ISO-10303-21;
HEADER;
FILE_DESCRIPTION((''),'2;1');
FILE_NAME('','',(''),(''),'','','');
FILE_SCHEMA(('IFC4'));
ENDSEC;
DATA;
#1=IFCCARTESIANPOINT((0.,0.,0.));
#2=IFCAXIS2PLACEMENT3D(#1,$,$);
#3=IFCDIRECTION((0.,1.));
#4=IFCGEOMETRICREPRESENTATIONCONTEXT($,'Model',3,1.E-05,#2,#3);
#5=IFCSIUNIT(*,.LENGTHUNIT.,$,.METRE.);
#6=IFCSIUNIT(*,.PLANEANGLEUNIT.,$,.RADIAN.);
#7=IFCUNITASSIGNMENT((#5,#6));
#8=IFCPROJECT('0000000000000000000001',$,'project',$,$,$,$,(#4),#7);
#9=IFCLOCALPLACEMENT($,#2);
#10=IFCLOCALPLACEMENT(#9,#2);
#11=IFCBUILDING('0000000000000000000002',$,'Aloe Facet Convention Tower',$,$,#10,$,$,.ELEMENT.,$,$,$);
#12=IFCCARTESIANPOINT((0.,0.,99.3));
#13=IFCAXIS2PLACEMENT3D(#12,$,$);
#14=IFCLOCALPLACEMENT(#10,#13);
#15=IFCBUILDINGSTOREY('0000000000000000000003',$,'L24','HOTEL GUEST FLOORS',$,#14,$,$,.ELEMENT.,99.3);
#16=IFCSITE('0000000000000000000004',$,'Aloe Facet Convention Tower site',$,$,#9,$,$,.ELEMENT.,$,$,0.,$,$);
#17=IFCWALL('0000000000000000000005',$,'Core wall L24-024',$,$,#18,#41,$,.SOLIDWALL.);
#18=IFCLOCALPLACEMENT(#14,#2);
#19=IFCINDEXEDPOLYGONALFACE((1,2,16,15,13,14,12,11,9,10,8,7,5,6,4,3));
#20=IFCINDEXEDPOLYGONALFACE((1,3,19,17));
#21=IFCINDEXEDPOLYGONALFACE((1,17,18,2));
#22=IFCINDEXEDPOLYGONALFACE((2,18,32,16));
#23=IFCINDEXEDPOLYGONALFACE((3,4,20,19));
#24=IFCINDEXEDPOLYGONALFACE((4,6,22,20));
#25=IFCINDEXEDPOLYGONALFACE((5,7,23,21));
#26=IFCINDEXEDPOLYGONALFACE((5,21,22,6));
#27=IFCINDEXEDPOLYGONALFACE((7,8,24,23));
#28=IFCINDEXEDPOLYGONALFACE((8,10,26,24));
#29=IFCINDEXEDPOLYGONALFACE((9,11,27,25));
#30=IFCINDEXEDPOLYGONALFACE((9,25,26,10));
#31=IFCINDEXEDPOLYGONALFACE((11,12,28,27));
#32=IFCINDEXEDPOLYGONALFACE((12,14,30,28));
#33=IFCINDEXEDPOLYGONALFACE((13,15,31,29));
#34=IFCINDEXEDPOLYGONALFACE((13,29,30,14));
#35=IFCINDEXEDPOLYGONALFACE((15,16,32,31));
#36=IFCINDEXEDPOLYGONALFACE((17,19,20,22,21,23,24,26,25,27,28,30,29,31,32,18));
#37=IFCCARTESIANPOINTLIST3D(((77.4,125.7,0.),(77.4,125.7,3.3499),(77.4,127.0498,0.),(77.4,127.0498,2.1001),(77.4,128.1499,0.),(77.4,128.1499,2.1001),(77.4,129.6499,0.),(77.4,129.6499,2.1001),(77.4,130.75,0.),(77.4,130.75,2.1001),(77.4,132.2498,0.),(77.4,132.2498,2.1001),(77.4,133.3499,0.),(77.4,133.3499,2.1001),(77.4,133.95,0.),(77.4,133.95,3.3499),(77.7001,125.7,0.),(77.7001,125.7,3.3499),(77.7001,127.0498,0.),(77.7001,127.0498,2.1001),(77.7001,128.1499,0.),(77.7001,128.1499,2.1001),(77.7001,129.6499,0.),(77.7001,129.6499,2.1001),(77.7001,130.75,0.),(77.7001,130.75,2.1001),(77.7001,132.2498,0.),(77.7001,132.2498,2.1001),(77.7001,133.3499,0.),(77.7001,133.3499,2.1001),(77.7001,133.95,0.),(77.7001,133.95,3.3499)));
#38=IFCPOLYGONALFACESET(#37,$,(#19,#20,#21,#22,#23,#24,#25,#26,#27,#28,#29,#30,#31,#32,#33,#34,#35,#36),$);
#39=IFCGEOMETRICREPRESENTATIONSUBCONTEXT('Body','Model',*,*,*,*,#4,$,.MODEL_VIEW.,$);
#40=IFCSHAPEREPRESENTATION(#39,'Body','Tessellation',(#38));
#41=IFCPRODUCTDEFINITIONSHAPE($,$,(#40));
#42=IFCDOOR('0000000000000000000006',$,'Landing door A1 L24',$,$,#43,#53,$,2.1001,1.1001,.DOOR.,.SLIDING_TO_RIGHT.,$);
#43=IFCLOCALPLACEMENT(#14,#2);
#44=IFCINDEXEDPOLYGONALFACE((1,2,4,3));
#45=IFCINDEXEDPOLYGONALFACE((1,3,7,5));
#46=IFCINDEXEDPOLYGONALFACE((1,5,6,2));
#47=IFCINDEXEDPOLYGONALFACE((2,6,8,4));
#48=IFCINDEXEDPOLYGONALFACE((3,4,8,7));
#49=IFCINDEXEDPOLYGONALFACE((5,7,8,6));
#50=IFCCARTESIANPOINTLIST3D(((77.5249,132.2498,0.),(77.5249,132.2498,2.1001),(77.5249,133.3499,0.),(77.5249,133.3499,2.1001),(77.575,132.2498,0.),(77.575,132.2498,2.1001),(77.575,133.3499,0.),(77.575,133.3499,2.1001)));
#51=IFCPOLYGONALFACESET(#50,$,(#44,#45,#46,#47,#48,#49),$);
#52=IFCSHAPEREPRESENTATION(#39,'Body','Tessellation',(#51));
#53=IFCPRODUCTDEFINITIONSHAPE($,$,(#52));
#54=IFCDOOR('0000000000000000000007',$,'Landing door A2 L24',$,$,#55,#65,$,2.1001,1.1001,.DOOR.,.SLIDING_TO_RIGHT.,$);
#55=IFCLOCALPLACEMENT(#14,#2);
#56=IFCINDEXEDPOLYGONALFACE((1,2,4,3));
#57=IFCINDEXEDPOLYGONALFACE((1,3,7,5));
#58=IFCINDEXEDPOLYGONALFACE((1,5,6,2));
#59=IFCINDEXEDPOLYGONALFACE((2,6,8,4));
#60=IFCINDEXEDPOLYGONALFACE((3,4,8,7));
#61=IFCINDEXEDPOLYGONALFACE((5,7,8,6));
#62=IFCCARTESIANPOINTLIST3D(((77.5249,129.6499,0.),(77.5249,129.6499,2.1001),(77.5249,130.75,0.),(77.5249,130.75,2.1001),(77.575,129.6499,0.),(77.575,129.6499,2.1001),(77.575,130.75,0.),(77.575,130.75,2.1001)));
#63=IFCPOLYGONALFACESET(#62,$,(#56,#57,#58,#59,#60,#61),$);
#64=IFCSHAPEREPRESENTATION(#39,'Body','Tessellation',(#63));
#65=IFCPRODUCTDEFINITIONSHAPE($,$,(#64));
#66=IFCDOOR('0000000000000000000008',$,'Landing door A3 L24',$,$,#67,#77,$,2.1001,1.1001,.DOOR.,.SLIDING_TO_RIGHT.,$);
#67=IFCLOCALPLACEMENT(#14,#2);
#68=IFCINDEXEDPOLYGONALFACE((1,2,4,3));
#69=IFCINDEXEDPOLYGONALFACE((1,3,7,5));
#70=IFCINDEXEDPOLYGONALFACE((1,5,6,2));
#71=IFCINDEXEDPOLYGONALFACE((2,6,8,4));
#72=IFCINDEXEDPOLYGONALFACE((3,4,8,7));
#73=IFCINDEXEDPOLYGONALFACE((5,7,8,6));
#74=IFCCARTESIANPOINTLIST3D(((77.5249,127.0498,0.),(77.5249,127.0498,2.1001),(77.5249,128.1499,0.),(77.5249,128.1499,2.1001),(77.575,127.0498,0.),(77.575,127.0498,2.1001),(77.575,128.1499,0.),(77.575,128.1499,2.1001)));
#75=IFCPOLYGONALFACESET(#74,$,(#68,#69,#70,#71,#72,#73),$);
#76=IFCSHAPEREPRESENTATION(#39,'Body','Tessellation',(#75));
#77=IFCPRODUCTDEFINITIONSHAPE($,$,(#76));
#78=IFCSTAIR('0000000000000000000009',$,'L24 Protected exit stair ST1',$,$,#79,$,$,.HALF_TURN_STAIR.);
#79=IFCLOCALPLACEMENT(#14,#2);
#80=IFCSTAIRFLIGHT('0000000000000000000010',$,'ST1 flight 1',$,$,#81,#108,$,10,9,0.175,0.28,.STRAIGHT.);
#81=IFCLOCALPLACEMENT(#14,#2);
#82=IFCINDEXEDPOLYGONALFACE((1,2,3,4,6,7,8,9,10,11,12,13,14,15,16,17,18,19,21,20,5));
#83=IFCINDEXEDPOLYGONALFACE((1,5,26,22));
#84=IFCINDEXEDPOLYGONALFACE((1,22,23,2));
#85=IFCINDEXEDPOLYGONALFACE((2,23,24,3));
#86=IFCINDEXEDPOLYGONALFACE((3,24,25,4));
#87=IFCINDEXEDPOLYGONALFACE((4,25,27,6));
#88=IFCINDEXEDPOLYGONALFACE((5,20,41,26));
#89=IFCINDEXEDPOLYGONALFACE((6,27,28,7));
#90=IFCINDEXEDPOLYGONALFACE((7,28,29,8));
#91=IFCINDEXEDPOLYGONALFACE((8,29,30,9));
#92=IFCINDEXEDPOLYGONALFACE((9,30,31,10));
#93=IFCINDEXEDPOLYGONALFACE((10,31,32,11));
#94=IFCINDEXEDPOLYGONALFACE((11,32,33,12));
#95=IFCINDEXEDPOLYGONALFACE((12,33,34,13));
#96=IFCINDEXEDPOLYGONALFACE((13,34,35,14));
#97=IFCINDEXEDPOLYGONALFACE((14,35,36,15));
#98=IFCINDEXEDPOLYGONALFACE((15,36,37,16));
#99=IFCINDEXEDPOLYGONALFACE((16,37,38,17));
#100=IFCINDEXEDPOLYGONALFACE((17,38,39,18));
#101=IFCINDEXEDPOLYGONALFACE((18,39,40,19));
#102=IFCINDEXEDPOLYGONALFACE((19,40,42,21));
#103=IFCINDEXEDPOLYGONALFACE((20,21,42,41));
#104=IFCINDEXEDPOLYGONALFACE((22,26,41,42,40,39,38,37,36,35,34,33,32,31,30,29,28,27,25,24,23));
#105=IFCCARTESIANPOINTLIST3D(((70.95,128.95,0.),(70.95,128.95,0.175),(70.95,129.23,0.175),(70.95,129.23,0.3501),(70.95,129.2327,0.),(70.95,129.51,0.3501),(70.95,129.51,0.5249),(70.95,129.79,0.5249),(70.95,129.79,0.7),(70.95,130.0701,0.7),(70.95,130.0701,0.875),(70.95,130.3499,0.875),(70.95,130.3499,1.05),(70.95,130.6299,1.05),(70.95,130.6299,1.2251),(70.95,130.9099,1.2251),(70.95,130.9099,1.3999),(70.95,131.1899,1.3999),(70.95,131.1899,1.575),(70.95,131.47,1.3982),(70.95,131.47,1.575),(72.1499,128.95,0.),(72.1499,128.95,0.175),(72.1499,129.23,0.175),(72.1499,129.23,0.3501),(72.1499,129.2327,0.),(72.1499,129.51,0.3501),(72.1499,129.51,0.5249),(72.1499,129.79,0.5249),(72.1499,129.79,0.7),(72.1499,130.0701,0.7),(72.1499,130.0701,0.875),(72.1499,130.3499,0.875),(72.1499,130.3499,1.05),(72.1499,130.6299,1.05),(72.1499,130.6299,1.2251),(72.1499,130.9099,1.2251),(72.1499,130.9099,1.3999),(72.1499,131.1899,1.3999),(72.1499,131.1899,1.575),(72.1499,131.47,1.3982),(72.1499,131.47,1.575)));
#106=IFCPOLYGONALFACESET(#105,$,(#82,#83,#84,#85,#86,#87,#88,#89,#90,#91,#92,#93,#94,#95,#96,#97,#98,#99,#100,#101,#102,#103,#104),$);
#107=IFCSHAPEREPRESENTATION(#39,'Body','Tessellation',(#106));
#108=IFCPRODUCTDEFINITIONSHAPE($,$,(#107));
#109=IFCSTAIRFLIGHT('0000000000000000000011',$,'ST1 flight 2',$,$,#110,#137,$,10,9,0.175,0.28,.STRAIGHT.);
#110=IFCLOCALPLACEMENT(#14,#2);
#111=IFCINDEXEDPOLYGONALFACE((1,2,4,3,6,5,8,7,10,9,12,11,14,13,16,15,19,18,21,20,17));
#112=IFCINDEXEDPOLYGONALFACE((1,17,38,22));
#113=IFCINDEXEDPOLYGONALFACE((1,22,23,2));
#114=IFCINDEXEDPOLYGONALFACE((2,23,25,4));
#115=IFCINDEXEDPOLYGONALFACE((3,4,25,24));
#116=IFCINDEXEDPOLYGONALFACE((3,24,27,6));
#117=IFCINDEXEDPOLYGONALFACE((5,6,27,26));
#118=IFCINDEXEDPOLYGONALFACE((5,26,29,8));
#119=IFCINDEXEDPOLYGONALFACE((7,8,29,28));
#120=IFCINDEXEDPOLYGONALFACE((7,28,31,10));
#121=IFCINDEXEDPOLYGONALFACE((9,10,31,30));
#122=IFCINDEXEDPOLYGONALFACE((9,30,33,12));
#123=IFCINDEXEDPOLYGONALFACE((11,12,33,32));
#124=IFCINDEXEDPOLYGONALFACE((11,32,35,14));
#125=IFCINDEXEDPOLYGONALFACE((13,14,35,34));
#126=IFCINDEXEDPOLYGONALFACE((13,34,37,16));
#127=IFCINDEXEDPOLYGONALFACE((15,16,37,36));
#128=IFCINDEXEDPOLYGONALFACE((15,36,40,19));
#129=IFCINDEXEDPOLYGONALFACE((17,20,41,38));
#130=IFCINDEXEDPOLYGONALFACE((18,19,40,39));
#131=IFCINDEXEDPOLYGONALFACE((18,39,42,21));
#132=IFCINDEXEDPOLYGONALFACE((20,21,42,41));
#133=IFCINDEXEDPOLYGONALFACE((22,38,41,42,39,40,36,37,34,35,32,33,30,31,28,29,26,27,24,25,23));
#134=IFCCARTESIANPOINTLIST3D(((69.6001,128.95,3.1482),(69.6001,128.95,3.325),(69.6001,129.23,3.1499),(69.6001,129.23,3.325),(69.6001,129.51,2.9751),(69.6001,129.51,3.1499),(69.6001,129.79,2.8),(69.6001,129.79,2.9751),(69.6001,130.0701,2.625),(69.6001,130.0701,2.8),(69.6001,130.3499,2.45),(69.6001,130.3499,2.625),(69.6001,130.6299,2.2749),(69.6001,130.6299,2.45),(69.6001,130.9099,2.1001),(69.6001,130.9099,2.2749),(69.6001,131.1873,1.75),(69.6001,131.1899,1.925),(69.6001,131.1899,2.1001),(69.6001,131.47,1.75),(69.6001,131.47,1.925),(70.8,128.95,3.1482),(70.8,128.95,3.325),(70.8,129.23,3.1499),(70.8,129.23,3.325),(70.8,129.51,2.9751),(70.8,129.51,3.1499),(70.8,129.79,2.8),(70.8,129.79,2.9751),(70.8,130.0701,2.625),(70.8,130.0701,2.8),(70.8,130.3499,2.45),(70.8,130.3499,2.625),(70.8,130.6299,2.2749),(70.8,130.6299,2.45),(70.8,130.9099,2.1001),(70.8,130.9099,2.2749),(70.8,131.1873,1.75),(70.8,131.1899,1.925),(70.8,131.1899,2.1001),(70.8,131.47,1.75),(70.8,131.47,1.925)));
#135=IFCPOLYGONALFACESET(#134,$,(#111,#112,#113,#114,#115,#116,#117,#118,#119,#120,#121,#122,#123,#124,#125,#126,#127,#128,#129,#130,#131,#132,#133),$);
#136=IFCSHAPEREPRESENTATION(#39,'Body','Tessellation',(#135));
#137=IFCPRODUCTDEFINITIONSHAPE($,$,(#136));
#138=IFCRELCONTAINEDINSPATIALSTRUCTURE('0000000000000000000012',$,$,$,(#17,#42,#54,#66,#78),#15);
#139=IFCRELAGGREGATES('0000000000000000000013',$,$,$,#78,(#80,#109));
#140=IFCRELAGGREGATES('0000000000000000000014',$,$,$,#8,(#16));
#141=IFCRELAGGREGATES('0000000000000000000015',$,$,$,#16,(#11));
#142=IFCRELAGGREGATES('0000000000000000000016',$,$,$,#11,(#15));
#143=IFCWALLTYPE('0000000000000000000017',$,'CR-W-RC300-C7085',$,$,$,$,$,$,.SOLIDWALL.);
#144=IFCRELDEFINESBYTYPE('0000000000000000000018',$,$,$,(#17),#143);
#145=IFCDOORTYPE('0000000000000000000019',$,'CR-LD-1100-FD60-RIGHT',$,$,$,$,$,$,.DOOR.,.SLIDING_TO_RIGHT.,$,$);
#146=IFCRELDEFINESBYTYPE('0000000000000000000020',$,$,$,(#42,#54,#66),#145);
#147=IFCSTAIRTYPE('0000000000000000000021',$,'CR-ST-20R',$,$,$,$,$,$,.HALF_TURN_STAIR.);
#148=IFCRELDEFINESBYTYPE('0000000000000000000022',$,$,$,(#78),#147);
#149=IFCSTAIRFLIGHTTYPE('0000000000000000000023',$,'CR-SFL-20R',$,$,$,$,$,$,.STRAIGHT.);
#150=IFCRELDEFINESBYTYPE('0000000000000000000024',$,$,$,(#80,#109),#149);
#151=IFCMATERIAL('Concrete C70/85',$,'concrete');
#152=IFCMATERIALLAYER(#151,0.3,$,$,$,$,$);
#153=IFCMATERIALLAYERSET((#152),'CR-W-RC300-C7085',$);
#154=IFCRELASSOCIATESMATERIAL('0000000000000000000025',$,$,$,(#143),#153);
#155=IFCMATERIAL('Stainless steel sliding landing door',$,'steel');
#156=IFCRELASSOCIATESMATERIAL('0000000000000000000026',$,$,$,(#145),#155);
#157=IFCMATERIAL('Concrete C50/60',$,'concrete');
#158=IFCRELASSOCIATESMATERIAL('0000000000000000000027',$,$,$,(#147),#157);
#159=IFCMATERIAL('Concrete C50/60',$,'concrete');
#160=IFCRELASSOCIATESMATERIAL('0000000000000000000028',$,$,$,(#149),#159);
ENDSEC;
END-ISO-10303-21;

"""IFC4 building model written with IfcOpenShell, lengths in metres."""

from ifc_helpers import new_model, si_unit, direction, frame, frame_2d, origin, place, context, subcontext, project, spatial, polyline, rectangle, outline, extrude, material, layer, layer_set, type_object, element, fill, aggregate, save


model = new_model("IFC4")

# Units and contexts
model_context = context("Model", 3, precision=1e-05, world=origin(), true_north=direction((0.0, 1.0)))
body_context = subcontext(model_context, "Body", "Model", "MODEL_VIEW")
ifc_project = project(units=[si_unit("LENGTHUNIT", "METRE"), si_unit("PLANEANGLEUNIT", "RADIAN")], contexts=[model_context])

# Site, building, storey
site_placement = place(None, origin())
site = spatial("IfcSite", under=ifc_project, at=site_placement, Name="Aloe Facet Convention Tower site", CompositionType="ELEMENT", RefElevation=0.0)
building_placement = place(site_placement, origin())
building = spatial("IfcBuilding", under=site, at=building_placement, Name="Aloe Facet Convention Tower", CompositionType="ELEMENT")
storey_placement = place(building_placement, frame((0.0, 0.0, 99.3)))
storey = spatial("IfcBuildingStorey", under=building, at=storey_placement, Name="L24", Description="HOTEL GUEST FLOORS", CompositionType="ELEMENT", Elevation=99.3)

# Shared definitions
ifc_material_1 = material(Name="Concrete C70/85", Category="concrete")
ifc_layer_1 = layer(ifc_material_1, 0.3)
ifc_layer_set_1 = layer_set([ifc_layer_1], Name="CR-W-RC300-C7085")
wall_type_1 = type_object("IfcWallType", Name="CR-W-RC300-C7085", PredefinedType="SOLIDWALL", material=ifc_layer_set_1)

# Wall, openings, doors
wall_1_placement = place(storey_placement, frame((77.55, 133.95, 0.0), z_axis=(0.0, 0.0, 1.0), x_axis=(0.0, -1.0, 0.0)))
wall_1 = element("IfcWall", 1, at=wall_1_placement, inside=storey, type_object=wall_type_1, Name="Core wall L24-024", PredefinedType="SOLIDWALL", context=body_context, shape_type="SweptSolid", body=[
    extrude(rectangle(XDim=8.25, YDim=0.3, at=frame_2d((4.125, 0.0))), origin(), (0.0, 0.0, 1.0), 3.3499),
])
opening_1_placement = place(wall_1_placement, frame((0.6001, 0.0, 0.0)))
opening_1 = element("IfcOpeningElement", 2, at=opening_1_placement, cuts=wall_1, PredefinedType="OPENING", context=body_context, shape_type="SweptSolid", body=[
    extrude(rectangle(XDim=1.1001, YDim=2.1001, at=frame_2d((0.55, 1.05))), frame((0.0, 0.1602, 0.0), z_axis=(0.0, -1.0, 0.0), x_axis=(1.0, 0.0, 0.0)), (0.0, 0.0, 1.0), 0.3201),
])
opening_2_placement = place(wall_1_placement, frame((3.2, 0.0, 0.0)))
opening_2 = element("IfcOpeningElement", 3, at=opening_2_placement, cuts=wall_1, PredefinedType="OPENING", context=body_context, shape_type="SweptSolid", body=[
    extrude(rectangle(XDim=1.1001, YDim=2.1001, at=frame_2d((0.55, 1.05))), frame((0.0, 0.1602, 0.0), z_axis=(0.0, -1.0, 0.0), x_axis=(1.0, 0.0, 0.0)), (0.0, 0.0, 1.0), 0.3201),
])
opening_3_placement = place(wall_1_placement, frame((5.8, 0.0, 0.0)))
opening_3 = element("IfcOpeningElement", 4, at=opening_3_placement, cuts=wall_1, PredefinedType="OPENING", context=body_context, shape_type="SweptSolid", body=[
    extrude(rectangle(XDim=1.1001, YDim=2.1001, at=frame_2d((0.55, 1.05))), frame((0.0, 0.1602, 0.0), z_axis=(0.0, -1.0, 0.0), x_axis=(1.0, 0.0, 0.0)), (0.0, 0.0, 1.0), 0.3201),
])
ifc_material_2 = material(Name="Stainless steel sliding landing door", Category="steel")
door_type_1 = type_object("IfcDoorType", Name="CR-LD-1100-FD60-RIGHT", OperationType="SLIDING_TO_RIGHT", PredefinedType="DOOR", material=ifc_material_2)
door_1_placement = place(opening_1_placement, origin())
door_1 = element("IfcDoor", 5, at=door_1_placement, inside=storey, type_object=door_type_1, Name="Landing door A1 L24", OperationType="SLIDING_TO_RIGHT", OverallHeight=2.1001, OverallWidth=1.1001, PredefinedType="DOOR", context=body_context, shape_type="SweptSolid", body=[
    extrude(rectangle(XDim=1.1001, YDim=2.1001, at=frame_2d((0.55, 1.05))), frame((0.0, 0.0249, 0.0), z_axis=(0.0, -1.0, 0.0), x_axis=(1.0, 0.0, 0.0)), (0.0, 0.0, 1.0), 0.05),
])
fill(opening_1, door_1)
door_2_placement = place(opening_2_placement, origin())
door_2 = element("IfcDoor", 6, at=door_2_placement, inside=storey, type_object=door_type_1, Name="Landing door A2 L24", OperationType="SLIDING_TO_RIGHT", OverallHeight=2.1001, OverallWidth=1.1001, PredefinedType="DOOR", context=body_context, shape_type="SweptSolid", body=[
    extrude(rectangle(XDim=1.1001, YDim=2.1001, at=frame_2d((0.55, 1.05))), frame((0.0, 0.0249, 0.0), z_axis=(0.0, -1.0, 0.0), x_axis=(1.0, 0.0, 0.0)), (0.0, 0.0, 1.0), 0.05),
])
fill(opening_2, door_2)
door_3_placement = place(opening_3_placement, origin())
door_3 = element("IfcDoor", 7, at=door_3_placement, inside=storey, type_object=door_type_1, Name="Landing door A3 L24", OperationType="SLIDING_TO_RIGHT", OverallHeight=2.1001, OverallWidth=1.1001, PredefinedType="DOOR", context=body_context, shape_type="SweptSolid", body=[
    extrude(rectangle(XDim=1.1001, YDim=2.1001, at=frame_2d((0.55, 1.05))), frame((0.0, 0.0249, 0.0), z_axis=(0.0, -1.0, 0.0), x_axis=(1.0, 0.0, 0.0)), (0.0, 0.0, 1.0), 0.05),
])
fill(opening_3, door_3)

# Stair, stair flights
ifc_material_3 = material(Name="Concrete C50/60", Category="concrete")
stair_type = type_object("IfcStairType", Name="CR-ST-20R", PredefinedType="HALF_TURN_STAIR", material=ifc_material_3)
stair_placement = place(storey_placement, origin())
stair = element("IfcStair", 8, at=stair_placement, inside=storey, type_object=stair_type, Name="L24 Protected exit stair ST1", PredefinedType="HALF_TURN_STAIR")
ifc_material_4 = material(Name="Concrete C50/60", Category="concrete")
stair_flight_type = type_object("IfcStairFlightType", Name="CR-SFL-20R", PredefinedType="STRAIGHT", material=ifc_material_4)
stair_flight_1_placement = place(storey_placement, frame((71.55, 128.95, 0.0), z_axis=(0.0, 0.0, 1.0), x_axis=(0.0, 1.0, 0.0)))
stair_flight_1 = element("IfcStairFlight", 9, at=stair_flight_1_placement, type_object=stair_flight_type, Name="ST1 flight 1", NumberOfRisers=10, NumberOfTreads=9, PredefinedType="STRAIGHT", RiserHeight=0.175, TreadLength=0.28, context=body_context, shape_type="SweptSolid", body=[
    extrude(outline(polyline([(0.0, 0.0), (0.0, 0.175), (0.28, 0.175), (0.28, 0.3501), (0.5601, 0.3501), (0.5601, 0.5249), (0.8401, 0.5249), (0.8401, 0.7), (1.1201, 0.7), (1.1201, 0.875), (1.3999, 0.875), (1.3999, 1.05), (1.6799, 1.05), (1.6799, 1.2251), (1.96, 1.2251), (1.96, 1.3999), (2.24, 1.3999), (2.24, 1.575), (2.52, 1.575), (2.52, 1.75), (2.52, 1.3982), (0.2827, 0.0), (0.0, 0.0)])), frame((0.0, 0.6001, 0.0), z_axis=(0.0, -1.0, 0.0), x_axis=(1.0, 0.0, 0.0)), (0.0, 0.0, 1.0), 1.2),
])
stair_flight_2_placement = place(storey_placement, frame((70.2, 131.47, 1.75), z_axis=(0.0, 0.0, 1.0), x_axis=(0.0, -1.0, 0.0)))
stair_flight_2 = element("IfcStairFlight", 10, at=stair_flight_2_placement, type_object=stair_flight_type, Name="ST1 flight 2", NumberOfRisers=10, NumberOfTreads=9, PredefinedType="STRAIGHT", RiserHeight=0.175, TreadLength=0.28, context=body_context, shape_type="SweptSolid", body=[
    extrude(outline(polyline([(0.0, 0.0), (0.0, 0.175), (0.28, 0.175), (0.28, 0.3501), (0.5601, 0.3501), (0.5601, 0.5249), (0.8401, 0.5249), (0.8401, 0.7), (1.1201, 0.7), (1.1201, 0.875), (1.3999, 0.875), (1.3999, 1.05), (1.6799, 1.05), (1.6799, 1.2251), (1.96, 1.2251), (1.96, 1.3999), (2.24, 1.3999), (2.24, 1.575), (2.52, 1.575), (2.52, 1.75), (2.52, 1.3982), (0.2827, 0.0), (0.0, 0.0)])), frame((0.0, 0.6001, 0.0), z_axis=(0.0, -1.0, 0.0), x_axis=(1.0, 0.0, 0.0)), (0.0, 0.0, 1.0), 1.2),
])
aggregate(stair, [stair_flight_1, stair_flight_2])

save(model, "model.ifc")
